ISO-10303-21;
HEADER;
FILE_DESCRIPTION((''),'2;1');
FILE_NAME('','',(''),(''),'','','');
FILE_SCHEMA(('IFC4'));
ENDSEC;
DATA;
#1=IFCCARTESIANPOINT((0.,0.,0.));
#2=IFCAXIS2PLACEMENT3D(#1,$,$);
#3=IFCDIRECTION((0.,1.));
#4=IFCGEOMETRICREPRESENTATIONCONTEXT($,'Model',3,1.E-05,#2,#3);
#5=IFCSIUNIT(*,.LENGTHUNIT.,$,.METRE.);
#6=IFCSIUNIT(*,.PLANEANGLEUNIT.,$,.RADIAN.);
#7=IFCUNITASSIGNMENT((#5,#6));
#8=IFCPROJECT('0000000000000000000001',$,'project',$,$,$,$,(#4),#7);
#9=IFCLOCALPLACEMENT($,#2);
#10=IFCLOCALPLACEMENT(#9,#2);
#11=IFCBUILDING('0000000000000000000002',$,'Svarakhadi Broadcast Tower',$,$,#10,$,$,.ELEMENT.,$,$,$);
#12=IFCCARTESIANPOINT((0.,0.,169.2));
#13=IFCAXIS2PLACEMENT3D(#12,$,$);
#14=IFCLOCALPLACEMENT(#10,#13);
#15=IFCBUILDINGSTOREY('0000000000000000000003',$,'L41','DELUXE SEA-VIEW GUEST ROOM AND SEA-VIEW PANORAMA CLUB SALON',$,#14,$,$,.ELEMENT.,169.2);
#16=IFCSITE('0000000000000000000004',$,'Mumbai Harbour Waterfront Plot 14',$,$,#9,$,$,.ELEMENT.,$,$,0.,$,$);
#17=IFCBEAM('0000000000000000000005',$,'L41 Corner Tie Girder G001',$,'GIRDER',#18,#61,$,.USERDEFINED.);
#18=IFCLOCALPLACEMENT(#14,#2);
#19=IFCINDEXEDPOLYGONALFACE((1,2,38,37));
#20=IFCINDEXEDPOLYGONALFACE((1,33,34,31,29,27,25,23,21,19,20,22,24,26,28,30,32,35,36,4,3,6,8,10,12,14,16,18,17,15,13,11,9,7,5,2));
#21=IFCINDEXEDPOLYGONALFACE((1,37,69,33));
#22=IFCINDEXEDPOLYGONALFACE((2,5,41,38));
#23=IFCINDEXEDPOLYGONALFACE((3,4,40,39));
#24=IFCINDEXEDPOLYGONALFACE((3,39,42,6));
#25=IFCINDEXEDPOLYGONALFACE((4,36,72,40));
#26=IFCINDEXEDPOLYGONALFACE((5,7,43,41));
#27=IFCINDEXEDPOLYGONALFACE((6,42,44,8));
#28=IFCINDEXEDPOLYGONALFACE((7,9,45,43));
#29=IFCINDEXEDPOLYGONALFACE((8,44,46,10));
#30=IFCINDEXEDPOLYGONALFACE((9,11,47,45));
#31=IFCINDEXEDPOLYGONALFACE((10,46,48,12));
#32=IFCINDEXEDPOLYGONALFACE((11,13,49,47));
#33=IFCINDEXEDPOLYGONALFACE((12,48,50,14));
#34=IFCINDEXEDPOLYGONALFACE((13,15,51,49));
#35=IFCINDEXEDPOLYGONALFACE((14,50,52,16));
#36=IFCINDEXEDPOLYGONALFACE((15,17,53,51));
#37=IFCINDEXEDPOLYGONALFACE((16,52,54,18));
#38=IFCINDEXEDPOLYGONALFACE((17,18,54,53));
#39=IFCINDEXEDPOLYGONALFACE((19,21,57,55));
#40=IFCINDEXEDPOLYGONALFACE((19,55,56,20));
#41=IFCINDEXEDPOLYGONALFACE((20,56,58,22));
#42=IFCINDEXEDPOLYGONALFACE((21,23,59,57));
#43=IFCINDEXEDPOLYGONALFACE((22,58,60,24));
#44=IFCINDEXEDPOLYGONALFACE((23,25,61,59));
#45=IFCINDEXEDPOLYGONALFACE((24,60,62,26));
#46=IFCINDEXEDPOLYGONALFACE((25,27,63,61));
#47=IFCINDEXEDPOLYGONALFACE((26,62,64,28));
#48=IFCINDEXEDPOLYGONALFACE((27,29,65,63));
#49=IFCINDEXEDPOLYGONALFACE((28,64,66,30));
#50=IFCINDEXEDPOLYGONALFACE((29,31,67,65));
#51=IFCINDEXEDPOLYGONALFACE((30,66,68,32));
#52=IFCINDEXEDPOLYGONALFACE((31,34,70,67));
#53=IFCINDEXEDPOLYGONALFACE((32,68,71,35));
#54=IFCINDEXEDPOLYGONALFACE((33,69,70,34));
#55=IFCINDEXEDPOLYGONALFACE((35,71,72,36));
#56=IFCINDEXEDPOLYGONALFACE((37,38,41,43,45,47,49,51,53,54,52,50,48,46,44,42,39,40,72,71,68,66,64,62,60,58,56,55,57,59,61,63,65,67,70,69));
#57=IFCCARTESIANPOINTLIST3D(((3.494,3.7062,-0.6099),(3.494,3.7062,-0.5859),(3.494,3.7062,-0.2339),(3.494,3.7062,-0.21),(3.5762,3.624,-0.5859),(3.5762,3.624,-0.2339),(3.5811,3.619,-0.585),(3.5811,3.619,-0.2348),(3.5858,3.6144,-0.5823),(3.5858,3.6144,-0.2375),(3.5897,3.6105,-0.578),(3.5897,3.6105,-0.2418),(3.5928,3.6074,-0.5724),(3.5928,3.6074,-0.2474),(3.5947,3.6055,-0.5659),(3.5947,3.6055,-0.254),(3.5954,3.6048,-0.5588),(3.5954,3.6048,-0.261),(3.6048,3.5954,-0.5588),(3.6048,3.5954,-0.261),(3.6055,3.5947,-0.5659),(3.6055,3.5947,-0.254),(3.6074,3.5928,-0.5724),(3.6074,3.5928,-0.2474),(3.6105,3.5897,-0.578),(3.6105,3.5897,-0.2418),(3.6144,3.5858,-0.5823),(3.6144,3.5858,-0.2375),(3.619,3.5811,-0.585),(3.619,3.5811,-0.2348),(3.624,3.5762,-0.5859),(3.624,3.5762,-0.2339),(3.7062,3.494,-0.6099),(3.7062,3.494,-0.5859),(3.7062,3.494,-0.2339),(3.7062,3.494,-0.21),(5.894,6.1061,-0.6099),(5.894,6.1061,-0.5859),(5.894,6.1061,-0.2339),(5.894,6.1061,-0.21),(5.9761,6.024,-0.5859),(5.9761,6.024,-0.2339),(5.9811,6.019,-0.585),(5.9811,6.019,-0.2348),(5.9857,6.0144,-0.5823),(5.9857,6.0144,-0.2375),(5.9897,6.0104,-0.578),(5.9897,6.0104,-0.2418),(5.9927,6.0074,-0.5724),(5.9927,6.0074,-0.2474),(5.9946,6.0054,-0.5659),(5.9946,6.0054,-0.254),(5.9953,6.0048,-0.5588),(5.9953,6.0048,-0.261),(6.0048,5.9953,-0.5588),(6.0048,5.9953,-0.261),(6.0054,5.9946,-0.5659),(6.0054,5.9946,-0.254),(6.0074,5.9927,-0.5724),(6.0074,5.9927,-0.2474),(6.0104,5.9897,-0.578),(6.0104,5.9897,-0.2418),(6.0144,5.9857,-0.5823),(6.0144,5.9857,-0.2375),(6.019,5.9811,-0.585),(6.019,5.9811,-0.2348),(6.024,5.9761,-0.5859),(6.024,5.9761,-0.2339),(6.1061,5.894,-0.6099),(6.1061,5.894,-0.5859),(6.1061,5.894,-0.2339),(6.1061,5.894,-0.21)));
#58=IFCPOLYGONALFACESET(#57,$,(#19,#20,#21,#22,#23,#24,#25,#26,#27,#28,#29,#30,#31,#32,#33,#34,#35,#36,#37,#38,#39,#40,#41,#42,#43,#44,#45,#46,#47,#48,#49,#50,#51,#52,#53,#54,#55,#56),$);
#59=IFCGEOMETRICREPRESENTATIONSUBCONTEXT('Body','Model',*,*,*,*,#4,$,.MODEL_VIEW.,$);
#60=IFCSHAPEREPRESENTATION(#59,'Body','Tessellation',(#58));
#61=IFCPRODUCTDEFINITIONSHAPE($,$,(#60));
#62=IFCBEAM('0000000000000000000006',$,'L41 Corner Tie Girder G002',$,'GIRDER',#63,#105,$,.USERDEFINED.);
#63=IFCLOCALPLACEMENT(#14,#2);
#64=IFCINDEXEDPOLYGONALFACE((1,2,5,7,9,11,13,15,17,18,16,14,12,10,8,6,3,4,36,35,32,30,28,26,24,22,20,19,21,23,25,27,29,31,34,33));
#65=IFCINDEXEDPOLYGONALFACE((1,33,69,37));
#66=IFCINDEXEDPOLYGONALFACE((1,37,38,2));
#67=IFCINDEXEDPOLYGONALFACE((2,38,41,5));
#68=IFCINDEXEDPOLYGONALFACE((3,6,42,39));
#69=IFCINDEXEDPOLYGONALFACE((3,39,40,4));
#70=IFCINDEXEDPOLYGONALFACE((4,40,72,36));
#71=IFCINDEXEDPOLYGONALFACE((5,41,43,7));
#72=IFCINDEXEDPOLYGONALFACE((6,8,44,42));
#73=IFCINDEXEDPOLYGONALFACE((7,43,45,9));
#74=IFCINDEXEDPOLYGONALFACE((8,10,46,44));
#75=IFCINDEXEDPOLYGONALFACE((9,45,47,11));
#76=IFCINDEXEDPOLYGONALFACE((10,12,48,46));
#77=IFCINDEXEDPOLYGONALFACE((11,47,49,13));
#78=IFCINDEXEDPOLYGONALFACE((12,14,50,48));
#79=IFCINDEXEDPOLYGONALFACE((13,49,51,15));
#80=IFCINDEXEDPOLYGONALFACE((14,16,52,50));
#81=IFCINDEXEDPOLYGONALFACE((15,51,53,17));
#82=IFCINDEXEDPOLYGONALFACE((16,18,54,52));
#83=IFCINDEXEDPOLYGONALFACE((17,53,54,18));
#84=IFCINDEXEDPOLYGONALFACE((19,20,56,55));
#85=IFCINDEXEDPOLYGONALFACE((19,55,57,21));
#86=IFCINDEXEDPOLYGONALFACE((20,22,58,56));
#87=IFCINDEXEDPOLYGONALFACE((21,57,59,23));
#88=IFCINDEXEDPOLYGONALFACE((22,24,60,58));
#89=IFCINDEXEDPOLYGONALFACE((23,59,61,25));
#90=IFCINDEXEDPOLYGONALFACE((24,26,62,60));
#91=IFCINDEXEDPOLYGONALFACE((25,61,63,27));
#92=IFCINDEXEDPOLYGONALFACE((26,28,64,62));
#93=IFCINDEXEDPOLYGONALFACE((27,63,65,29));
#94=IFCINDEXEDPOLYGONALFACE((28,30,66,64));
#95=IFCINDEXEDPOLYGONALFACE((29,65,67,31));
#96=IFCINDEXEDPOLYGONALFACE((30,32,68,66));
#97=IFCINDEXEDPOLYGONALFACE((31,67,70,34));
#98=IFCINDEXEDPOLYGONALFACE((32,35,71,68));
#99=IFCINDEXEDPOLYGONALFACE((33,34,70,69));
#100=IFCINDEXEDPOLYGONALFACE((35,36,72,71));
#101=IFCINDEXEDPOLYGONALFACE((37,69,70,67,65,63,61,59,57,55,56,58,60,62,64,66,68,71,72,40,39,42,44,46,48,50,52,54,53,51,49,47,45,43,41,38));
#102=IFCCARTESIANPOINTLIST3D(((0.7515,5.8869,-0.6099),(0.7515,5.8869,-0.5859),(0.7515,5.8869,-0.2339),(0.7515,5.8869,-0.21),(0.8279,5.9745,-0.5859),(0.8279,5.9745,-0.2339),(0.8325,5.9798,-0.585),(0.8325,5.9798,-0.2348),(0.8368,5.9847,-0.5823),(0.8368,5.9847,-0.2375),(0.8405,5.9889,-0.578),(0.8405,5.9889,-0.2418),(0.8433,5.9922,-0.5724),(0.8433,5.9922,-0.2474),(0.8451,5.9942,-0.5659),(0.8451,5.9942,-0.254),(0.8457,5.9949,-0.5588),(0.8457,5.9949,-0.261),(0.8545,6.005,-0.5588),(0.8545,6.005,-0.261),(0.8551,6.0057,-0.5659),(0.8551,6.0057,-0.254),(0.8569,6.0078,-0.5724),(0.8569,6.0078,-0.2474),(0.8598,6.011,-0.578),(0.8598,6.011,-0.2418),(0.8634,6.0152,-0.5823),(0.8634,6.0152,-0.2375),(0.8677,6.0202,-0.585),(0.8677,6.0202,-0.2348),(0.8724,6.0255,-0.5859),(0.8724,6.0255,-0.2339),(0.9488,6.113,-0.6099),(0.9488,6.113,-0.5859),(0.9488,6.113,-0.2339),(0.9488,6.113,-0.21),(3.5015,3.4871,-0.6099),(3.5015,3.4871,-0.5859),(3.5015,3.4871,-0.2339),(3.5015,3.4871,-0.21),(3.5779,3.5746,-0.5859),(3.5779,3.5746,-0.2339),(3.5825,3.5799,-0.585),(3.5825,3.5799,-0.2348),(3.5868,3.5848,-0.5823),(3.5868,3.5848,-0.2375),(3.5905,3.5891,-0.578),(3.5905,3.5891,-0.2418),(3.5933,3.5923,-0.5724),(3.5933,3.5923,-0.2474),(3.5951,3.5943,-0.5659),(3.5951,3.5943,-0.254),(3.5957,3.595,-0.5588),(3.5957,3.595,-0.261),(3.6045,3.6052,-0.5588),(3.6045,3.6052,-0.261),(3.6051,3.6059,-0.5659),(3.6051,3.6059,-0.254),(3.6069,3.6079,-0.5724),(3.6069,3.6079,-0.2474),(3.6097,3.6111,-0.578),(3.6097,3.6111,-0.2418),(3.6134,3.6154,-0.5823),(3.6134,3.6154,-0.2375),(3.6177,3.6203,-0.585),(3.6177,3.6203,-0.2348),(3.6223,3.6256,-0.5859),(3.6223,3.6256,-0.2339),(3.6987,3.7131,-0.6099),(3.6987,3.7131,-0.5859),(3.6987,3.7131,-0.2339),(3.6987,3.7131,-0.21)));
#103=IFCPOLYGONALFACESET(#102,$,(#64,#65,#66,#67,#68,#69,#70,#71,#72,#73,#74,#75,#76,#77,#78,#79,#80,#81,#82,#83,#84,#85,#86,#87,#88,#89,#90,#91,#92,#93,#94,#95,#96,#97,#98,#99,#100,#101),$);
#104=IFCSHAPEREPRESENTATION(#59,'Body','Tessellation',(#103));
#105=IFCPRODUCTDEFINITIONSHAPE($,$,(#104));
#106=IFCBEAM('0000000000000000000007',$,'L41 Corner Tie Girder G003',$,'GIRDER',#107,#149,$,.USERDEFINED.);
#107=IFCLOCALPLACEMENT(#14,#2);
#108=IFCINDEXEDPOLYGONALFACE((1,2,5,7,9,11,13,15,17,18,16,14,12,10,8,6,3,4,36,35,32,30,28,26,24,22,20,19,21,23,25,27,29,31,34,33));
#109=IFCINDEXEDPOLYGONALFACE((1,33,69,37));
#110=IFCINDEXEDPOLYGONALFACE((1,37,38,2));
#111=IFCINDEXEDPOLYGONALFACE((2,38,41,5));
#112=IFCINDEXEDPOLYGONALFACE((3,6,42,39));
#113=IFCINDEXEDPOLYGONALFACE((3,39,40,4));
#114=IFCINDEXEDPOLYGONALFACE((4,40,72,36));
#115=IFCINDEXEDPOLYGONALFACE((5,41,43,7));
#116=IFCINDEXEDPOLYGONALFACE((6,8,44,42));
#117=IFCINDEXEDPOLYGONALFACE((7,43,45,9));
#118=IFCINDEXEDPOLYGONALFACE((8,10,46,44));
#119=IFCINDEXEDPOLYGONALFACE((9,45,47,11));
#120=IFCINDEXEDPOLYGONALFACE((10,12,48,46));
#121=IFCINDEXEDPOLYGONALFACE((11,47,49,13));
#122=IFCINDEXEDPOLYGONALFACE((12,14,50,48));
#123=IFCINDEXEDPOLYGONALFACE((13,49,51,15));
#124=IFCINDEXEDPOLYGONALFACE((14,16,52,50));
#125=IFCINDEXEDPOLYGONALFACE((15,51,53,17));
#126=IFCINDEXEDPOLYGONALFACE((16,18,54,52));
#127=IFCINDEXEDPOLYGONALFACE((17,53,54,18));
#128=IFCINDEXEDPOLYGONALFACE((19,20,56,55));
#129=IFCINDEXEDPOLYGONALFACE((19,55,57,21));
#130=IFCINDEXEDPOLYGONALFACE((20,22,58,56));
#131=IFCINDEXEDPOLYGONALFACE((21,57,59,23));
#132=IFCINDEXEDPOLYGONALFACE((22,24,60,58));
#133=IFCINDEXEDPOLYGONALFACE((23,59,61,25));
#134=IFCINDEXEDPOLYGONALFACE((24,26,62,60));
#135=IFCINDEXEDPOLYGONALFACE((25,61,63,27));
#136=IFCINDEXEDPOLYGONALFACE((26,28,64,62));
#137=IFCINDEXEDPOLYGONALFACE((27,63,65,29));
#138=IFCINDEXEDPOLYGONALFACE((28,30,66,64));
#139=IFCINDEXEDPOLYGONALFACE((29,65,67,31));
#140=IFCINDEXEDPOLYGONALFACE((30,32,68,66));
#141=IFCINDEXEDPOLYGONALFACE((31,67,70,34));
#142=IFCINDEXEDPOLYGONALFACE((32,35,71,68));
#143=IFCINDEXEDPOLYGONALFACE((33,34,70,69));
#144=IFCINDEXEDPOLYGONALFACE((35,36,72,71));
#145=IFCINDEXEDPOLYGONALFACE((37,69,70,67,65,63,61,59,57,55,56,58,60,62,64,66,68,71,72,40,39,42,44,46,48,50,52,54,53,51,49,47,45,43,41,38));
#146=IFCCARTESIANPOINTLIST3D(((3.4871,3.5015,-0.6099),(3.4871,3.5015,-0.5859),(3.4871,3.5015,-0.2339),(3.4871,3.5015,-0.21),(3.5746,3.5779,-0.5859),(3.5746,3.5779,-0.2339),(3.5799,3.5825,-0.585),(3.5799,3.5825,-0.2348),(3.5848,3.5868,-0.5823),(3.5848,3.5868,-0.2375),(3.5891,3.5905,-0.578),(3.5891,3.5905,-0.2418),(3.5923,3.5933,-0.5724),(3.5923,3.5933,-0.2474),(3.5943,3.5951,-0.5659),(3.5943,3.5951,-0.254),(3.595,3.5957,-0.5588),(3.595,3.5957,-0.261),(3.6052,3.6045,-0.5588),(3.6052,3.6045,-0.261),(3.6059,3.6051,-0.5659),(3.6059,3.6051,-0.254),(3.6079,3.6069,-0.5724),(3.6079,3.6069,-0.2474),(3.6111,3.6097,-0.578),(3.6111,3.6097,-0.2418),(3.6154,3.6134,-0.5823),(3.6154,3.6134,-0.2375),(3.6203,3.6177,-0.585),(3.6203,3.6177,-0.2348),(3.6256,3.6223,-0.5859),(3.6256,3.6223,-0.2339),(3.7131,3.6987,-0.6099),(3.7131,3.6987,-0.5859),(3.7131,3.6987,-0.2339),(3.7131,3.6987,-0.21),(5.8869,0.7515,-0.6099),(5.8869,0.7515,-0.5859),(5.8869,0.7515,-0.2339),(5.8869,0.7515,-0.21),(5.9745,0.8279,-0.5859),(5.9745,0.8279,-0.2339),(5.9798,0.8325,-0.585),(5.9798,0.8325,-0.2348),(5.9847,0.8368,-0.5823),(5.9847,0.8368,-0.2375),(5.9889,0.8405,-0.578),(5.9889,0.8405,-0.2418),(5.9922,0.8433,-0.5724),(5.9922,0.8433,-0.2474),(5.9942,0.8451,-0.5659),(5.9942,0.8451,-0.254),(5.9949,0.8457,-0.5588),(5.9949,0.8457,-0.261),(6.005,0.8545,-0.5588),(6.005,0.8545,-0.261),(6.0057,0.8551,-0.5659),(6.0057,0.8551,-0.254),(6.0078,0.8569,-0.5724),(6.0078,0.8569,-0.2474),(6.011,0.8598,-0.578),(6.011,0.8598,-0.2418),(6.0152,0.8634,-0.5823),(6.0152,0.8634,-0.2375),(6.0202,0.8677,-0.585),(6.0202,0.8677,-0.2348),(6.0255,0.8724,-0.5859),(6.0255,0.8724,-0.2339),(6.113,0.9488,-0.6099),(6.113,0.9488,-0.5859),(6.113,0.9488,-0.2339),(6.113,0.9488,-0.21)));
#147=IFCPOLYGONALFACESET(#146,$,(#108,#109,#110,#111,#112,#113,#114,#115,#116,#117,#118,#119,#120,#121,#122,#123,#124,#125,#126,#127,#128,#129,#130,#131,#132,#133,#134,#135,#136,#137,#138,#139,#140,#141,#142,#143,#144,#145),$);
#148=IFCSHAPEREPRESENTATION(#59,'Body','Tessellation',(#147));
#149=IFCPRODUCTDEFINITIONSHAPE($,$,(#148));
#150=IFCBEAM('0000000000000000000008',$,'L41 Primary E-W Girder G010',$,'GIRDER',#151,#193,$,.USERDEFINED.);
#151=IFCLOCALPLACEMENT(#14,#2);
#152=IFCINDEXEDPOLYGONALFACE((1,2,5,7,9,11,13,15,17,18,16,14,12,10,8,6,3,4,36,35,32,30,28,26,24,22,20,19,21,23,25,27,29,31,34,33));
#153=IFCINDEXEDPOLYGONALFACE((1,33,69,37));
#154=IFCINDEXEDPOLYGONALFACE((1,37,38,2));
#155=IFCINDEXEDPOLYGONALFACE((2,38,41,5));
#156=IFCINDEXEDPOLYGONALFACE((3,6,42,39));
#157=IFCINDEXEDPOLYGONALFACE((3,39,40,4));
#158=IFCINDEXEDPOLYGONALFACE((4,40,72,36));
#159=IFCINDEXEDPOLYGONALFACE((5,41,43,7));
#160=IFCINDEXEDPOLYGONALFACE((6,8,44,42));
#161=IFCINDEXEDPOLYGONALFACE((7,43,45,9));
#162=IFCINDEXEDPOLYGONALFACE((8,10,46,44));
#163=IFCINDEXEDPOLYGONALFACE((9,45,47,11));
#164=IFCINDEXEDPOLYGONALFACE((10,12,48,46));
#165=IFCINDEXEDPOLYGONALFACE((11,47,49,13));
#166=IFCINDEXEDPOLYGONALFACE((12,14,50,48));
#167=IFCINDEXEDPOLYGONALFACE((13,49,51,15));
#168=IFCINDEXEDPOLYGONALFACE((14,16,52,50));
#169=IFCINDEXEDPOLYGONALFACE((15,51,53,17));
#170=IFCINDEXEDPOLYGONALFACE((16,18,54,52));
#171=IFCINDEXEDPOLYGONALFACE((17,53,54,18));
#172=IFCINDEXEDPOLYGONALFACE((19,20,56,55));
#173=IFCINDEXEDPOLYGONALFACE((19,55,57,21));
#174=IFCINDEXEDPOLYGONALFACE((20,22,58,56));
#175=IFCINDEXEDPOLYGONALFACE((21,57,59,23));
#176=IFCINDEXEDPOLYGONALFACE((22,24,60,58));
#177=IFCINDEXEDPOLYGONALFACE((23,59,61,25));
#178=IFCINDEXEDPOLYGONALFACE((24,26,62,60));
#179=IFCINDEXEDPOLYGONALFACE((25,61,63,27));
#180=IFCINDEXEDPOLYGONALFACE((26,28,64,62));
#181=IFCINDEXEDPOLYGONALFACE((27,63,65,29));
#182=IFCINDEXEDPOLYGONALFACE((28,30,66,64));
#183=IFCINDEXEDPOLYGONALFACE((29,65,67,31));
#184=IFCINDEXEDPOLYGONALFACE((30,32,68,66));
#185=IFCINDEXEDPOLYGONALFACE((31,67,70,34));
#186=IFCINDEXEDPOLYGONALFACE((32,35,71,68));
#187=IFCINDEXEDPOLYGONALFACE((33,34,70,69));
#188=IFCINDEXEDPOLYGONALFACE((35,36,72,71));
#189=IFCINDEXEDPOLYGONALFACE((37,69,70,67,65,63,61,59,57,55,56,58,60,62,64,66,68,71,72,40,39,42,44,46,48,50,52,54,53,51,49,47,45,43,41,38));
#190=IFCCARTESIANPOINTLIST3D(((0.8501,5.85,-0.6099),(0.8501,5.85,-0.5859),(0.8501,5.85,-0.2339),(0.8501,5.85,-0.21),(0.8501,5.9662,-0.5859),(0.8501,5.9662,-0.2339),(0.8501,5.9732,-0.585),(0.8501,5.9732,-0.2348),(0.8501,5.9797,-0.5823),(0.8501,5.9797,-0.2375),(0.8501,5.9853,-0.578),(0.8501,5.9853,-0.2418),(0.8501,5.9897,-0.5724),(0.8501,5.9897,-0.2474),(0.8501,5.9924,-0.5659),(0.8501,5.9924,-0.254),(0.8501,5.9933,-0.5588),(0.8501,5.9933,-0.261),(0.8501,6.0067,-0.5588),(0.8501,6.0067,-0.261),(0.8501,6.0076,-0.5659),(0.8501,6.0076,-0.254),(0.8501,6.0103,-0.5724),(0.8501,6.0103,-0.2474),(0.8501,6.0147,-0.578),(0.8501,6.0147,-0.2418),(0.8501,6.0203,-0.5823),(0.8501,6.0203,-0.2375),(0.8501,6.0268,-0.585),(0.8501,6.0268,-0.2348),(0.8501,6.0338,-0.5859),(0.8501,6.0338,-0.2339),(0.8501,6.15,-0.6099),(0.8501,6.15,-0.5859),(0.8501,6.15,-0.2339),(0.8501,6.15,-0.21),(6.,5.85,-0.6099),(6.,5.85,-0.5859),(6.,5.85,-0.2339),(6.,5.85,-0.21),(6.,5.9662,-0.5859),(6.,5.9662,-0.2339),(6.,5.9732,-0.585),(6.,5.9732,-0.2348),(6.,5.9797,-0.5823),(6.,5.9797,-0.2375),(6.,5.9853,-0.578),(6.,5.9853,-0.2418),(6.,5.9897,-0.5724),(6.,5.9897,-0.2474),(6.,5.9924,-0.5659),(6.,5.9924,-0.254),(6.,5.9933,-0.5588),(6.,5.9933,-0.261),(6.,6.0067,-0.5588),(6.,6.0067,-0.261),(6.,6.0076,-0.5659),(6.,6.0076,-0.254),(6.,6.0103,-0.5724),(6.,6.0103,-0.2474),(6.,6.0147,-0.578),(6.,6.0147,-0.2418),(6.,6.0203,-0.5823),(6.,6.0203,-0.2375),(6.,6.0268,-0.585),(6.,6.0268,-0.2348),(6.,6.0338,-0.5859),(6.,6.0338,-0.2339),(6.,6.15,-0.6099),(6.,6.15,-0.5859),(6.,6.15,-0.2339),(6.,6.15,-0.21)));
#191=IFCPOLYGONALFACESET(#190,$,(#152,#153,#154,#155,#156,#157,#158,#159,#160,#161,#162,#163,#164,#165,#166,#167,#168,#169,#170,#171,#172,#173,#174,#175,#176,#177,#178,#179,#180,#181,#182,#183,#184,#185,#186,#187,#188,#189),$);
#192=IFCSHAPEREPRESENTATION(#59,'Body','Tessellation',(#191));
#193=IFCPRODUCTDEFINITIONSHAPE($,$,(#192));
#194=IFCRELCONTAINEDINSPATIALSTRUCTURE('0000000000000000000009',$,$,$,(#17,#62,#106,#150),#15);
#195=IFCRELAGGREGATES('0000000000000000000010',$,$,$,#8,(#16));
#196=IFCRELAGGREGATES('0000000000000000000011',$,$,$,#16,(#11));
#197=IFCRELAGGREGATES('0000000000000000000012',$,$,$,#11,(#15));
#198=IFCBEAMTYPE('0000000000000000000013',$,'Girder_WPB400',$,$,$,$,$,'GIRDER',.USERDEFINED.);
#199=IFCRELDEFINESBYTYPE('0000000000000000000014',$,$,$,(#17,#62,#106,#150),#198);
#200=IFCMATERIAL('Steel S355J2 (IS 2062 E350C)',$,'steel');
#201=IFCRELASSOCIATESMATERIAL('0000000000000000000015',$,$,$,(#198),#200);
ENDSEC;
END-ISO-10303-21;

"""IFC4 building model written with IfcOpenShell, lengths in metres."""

from ifc_helpers import new_model, si_unit, direction, frame, origin, origin_2d, place, context, subcontext, project, spatial, i_section, extrude, material, material_profile, profile_set, type_object, element, save


model = new_model("IFC4")

# Units and contexts
model_context = context("Model", 3, precision=1e-05, world=origin(), true_north=direction((0.0, 1.0)))
body_context = subcontext(model_context, "Body", "Model", "MODEL_VIEW")
ifc_project = project(units=[si_unit("LENGTHUNIT", "METRE"), si_unit("PLANEANGLEUNIT", "RADIAN")], contexts=[model_context])

# Site, building, storey
site_placement = place(None, origin())
site = spatial("IfcSite", under=ifc_project, at=site_placement, Name="Mumbai Harbour Waterfront Plot 14", CompositionType="ELEMENT", RefElevation=0.0)
building_placement = place(site_placement, origin())
building = spatial("IfcBuilding", under=site, at=building_placement, Name="Svarakhadi Broadcast Tower", CompositionType="ELEMENT")
storey_placement = place(building_placement, frame((0.0, 0.0, 169.2)))
storey = spatial("IfcBuildingStorey", under=building, at=storey_placement, Name="L41", Description="DELUXE SEA-VIEW GUEST ROOM AND SEA-VIEW PANORAMA CLUB SALON", CompositionType="ELEMENT", Elevation=169.2)

# Shared definitions
ifc_material_1 = material(Name="Steel S355J2 (IS 2062 E350C)", Category="steel")

# Beams
ifc_material_profile_1 = material_profile(ifc_material_1, i_section(OverallWidth=0.3, OverallDepth=0.3999, WebThickness=0.0134, FlangeThickness=0.0239, FilletRadius=0.0271, at=origin_2d()), Name="WPB 400x300x155")
ifc_profile_set_1 = profile_set([ifc_material_profile_1], Name="Steel S355J2 (IS 2062 E350C)")
beam_type_1 = type_object("IfcBeamType", Name="Girder_WPB400", ElementType="GIRDER", PredefinedType="USERDEFINED", material=ifc_profile_set_1)
beam_placement = place(storey_placement, frame((3.6001, 3.6001, -0.4099), z_axis=(0.707107, 0.707107, 0.0), x_axis=(-0.707107, 0.707107, 0.0)))
element("IfcBeam", 1, at=beam_placement, inside=storey, type_object=beam_type_1, Name="L41 Corner Tie Girder G001", ObjectType="GIRDER", PredefinedType="USERDEFINED", context=body_context, shape_type="SweptSolid", body=[
    extrude(i_section(OverallWidth=0.3, OverallDepth=0.3999, WebThickness=0.0134, FlangeThickness=0.0239, FilletRadius=0.0271, at=origin_2d()), origin(), (0.0, 0.0, 1.0), 3.394),
])
for number, where, z_axis, x_axis, name in (
    (2, (3.6001, 3.6001, -0.4099), (-0.753438, 0.657519, 0.0), (-0.657519, -0.753438, 0.0), "L41 Corner Tie Girder G002"),
    (3, (3.6001, 3.6001, -0.4099), (0.657519, -0.753438, 0.0), (0.753438, 0.657519, 0.0), "L41 Corner Tie Girder G003"),
):
    element("IfcBeam", number, at=place(storey_placement, frame(where, z_axis=z_axis, x_axis=x_axis)), inside=storey, type_object=beam_type_1, Name=name, ObjectType="GIRDER", PredefinedType="USERDEFINED", context=body_context, shape_type="SweptSolid", body=[
        extrude(i_section(OverallWidth=0.3, OverallDepth=0.3999, WebThickness=0.0134, FlangeThickness=0.0239, FilletRadius=0.0271, at=origin_2d()), origin(), (0.0, 0.0, 1.0), 3.6499),
    ])
for number, where, z_axis, x_axis, name in (
    (4, (0.8501, 6.0, -0.4099), (1.0, 0.0, 0.0), (0.0, 1.0, 0.0), "L41 Primary E-W Girder G010"),
):
    element("IfcBeam", number, at=place(storey_placement, frame(where, z_axis=z_axis, x_axis=x_axis)), inside=storey, type_object=beam_type_1, Name=name, ObjectType="GIRDER", PredefinedType="USERDEFINED", context=body_context, shape_type="SweptSolid", body=[
        extrude(i_section(OverallWidth=0.3, OverallDepth=0.3999, WebThickness=0.0134, FlangeThickness=0.0239, FilletRadius=0.0271, at=origin_2d()), origin(), (0.0, 0.0, 1.0), 5.1499),
    ])

save(model, "model.ifc")
